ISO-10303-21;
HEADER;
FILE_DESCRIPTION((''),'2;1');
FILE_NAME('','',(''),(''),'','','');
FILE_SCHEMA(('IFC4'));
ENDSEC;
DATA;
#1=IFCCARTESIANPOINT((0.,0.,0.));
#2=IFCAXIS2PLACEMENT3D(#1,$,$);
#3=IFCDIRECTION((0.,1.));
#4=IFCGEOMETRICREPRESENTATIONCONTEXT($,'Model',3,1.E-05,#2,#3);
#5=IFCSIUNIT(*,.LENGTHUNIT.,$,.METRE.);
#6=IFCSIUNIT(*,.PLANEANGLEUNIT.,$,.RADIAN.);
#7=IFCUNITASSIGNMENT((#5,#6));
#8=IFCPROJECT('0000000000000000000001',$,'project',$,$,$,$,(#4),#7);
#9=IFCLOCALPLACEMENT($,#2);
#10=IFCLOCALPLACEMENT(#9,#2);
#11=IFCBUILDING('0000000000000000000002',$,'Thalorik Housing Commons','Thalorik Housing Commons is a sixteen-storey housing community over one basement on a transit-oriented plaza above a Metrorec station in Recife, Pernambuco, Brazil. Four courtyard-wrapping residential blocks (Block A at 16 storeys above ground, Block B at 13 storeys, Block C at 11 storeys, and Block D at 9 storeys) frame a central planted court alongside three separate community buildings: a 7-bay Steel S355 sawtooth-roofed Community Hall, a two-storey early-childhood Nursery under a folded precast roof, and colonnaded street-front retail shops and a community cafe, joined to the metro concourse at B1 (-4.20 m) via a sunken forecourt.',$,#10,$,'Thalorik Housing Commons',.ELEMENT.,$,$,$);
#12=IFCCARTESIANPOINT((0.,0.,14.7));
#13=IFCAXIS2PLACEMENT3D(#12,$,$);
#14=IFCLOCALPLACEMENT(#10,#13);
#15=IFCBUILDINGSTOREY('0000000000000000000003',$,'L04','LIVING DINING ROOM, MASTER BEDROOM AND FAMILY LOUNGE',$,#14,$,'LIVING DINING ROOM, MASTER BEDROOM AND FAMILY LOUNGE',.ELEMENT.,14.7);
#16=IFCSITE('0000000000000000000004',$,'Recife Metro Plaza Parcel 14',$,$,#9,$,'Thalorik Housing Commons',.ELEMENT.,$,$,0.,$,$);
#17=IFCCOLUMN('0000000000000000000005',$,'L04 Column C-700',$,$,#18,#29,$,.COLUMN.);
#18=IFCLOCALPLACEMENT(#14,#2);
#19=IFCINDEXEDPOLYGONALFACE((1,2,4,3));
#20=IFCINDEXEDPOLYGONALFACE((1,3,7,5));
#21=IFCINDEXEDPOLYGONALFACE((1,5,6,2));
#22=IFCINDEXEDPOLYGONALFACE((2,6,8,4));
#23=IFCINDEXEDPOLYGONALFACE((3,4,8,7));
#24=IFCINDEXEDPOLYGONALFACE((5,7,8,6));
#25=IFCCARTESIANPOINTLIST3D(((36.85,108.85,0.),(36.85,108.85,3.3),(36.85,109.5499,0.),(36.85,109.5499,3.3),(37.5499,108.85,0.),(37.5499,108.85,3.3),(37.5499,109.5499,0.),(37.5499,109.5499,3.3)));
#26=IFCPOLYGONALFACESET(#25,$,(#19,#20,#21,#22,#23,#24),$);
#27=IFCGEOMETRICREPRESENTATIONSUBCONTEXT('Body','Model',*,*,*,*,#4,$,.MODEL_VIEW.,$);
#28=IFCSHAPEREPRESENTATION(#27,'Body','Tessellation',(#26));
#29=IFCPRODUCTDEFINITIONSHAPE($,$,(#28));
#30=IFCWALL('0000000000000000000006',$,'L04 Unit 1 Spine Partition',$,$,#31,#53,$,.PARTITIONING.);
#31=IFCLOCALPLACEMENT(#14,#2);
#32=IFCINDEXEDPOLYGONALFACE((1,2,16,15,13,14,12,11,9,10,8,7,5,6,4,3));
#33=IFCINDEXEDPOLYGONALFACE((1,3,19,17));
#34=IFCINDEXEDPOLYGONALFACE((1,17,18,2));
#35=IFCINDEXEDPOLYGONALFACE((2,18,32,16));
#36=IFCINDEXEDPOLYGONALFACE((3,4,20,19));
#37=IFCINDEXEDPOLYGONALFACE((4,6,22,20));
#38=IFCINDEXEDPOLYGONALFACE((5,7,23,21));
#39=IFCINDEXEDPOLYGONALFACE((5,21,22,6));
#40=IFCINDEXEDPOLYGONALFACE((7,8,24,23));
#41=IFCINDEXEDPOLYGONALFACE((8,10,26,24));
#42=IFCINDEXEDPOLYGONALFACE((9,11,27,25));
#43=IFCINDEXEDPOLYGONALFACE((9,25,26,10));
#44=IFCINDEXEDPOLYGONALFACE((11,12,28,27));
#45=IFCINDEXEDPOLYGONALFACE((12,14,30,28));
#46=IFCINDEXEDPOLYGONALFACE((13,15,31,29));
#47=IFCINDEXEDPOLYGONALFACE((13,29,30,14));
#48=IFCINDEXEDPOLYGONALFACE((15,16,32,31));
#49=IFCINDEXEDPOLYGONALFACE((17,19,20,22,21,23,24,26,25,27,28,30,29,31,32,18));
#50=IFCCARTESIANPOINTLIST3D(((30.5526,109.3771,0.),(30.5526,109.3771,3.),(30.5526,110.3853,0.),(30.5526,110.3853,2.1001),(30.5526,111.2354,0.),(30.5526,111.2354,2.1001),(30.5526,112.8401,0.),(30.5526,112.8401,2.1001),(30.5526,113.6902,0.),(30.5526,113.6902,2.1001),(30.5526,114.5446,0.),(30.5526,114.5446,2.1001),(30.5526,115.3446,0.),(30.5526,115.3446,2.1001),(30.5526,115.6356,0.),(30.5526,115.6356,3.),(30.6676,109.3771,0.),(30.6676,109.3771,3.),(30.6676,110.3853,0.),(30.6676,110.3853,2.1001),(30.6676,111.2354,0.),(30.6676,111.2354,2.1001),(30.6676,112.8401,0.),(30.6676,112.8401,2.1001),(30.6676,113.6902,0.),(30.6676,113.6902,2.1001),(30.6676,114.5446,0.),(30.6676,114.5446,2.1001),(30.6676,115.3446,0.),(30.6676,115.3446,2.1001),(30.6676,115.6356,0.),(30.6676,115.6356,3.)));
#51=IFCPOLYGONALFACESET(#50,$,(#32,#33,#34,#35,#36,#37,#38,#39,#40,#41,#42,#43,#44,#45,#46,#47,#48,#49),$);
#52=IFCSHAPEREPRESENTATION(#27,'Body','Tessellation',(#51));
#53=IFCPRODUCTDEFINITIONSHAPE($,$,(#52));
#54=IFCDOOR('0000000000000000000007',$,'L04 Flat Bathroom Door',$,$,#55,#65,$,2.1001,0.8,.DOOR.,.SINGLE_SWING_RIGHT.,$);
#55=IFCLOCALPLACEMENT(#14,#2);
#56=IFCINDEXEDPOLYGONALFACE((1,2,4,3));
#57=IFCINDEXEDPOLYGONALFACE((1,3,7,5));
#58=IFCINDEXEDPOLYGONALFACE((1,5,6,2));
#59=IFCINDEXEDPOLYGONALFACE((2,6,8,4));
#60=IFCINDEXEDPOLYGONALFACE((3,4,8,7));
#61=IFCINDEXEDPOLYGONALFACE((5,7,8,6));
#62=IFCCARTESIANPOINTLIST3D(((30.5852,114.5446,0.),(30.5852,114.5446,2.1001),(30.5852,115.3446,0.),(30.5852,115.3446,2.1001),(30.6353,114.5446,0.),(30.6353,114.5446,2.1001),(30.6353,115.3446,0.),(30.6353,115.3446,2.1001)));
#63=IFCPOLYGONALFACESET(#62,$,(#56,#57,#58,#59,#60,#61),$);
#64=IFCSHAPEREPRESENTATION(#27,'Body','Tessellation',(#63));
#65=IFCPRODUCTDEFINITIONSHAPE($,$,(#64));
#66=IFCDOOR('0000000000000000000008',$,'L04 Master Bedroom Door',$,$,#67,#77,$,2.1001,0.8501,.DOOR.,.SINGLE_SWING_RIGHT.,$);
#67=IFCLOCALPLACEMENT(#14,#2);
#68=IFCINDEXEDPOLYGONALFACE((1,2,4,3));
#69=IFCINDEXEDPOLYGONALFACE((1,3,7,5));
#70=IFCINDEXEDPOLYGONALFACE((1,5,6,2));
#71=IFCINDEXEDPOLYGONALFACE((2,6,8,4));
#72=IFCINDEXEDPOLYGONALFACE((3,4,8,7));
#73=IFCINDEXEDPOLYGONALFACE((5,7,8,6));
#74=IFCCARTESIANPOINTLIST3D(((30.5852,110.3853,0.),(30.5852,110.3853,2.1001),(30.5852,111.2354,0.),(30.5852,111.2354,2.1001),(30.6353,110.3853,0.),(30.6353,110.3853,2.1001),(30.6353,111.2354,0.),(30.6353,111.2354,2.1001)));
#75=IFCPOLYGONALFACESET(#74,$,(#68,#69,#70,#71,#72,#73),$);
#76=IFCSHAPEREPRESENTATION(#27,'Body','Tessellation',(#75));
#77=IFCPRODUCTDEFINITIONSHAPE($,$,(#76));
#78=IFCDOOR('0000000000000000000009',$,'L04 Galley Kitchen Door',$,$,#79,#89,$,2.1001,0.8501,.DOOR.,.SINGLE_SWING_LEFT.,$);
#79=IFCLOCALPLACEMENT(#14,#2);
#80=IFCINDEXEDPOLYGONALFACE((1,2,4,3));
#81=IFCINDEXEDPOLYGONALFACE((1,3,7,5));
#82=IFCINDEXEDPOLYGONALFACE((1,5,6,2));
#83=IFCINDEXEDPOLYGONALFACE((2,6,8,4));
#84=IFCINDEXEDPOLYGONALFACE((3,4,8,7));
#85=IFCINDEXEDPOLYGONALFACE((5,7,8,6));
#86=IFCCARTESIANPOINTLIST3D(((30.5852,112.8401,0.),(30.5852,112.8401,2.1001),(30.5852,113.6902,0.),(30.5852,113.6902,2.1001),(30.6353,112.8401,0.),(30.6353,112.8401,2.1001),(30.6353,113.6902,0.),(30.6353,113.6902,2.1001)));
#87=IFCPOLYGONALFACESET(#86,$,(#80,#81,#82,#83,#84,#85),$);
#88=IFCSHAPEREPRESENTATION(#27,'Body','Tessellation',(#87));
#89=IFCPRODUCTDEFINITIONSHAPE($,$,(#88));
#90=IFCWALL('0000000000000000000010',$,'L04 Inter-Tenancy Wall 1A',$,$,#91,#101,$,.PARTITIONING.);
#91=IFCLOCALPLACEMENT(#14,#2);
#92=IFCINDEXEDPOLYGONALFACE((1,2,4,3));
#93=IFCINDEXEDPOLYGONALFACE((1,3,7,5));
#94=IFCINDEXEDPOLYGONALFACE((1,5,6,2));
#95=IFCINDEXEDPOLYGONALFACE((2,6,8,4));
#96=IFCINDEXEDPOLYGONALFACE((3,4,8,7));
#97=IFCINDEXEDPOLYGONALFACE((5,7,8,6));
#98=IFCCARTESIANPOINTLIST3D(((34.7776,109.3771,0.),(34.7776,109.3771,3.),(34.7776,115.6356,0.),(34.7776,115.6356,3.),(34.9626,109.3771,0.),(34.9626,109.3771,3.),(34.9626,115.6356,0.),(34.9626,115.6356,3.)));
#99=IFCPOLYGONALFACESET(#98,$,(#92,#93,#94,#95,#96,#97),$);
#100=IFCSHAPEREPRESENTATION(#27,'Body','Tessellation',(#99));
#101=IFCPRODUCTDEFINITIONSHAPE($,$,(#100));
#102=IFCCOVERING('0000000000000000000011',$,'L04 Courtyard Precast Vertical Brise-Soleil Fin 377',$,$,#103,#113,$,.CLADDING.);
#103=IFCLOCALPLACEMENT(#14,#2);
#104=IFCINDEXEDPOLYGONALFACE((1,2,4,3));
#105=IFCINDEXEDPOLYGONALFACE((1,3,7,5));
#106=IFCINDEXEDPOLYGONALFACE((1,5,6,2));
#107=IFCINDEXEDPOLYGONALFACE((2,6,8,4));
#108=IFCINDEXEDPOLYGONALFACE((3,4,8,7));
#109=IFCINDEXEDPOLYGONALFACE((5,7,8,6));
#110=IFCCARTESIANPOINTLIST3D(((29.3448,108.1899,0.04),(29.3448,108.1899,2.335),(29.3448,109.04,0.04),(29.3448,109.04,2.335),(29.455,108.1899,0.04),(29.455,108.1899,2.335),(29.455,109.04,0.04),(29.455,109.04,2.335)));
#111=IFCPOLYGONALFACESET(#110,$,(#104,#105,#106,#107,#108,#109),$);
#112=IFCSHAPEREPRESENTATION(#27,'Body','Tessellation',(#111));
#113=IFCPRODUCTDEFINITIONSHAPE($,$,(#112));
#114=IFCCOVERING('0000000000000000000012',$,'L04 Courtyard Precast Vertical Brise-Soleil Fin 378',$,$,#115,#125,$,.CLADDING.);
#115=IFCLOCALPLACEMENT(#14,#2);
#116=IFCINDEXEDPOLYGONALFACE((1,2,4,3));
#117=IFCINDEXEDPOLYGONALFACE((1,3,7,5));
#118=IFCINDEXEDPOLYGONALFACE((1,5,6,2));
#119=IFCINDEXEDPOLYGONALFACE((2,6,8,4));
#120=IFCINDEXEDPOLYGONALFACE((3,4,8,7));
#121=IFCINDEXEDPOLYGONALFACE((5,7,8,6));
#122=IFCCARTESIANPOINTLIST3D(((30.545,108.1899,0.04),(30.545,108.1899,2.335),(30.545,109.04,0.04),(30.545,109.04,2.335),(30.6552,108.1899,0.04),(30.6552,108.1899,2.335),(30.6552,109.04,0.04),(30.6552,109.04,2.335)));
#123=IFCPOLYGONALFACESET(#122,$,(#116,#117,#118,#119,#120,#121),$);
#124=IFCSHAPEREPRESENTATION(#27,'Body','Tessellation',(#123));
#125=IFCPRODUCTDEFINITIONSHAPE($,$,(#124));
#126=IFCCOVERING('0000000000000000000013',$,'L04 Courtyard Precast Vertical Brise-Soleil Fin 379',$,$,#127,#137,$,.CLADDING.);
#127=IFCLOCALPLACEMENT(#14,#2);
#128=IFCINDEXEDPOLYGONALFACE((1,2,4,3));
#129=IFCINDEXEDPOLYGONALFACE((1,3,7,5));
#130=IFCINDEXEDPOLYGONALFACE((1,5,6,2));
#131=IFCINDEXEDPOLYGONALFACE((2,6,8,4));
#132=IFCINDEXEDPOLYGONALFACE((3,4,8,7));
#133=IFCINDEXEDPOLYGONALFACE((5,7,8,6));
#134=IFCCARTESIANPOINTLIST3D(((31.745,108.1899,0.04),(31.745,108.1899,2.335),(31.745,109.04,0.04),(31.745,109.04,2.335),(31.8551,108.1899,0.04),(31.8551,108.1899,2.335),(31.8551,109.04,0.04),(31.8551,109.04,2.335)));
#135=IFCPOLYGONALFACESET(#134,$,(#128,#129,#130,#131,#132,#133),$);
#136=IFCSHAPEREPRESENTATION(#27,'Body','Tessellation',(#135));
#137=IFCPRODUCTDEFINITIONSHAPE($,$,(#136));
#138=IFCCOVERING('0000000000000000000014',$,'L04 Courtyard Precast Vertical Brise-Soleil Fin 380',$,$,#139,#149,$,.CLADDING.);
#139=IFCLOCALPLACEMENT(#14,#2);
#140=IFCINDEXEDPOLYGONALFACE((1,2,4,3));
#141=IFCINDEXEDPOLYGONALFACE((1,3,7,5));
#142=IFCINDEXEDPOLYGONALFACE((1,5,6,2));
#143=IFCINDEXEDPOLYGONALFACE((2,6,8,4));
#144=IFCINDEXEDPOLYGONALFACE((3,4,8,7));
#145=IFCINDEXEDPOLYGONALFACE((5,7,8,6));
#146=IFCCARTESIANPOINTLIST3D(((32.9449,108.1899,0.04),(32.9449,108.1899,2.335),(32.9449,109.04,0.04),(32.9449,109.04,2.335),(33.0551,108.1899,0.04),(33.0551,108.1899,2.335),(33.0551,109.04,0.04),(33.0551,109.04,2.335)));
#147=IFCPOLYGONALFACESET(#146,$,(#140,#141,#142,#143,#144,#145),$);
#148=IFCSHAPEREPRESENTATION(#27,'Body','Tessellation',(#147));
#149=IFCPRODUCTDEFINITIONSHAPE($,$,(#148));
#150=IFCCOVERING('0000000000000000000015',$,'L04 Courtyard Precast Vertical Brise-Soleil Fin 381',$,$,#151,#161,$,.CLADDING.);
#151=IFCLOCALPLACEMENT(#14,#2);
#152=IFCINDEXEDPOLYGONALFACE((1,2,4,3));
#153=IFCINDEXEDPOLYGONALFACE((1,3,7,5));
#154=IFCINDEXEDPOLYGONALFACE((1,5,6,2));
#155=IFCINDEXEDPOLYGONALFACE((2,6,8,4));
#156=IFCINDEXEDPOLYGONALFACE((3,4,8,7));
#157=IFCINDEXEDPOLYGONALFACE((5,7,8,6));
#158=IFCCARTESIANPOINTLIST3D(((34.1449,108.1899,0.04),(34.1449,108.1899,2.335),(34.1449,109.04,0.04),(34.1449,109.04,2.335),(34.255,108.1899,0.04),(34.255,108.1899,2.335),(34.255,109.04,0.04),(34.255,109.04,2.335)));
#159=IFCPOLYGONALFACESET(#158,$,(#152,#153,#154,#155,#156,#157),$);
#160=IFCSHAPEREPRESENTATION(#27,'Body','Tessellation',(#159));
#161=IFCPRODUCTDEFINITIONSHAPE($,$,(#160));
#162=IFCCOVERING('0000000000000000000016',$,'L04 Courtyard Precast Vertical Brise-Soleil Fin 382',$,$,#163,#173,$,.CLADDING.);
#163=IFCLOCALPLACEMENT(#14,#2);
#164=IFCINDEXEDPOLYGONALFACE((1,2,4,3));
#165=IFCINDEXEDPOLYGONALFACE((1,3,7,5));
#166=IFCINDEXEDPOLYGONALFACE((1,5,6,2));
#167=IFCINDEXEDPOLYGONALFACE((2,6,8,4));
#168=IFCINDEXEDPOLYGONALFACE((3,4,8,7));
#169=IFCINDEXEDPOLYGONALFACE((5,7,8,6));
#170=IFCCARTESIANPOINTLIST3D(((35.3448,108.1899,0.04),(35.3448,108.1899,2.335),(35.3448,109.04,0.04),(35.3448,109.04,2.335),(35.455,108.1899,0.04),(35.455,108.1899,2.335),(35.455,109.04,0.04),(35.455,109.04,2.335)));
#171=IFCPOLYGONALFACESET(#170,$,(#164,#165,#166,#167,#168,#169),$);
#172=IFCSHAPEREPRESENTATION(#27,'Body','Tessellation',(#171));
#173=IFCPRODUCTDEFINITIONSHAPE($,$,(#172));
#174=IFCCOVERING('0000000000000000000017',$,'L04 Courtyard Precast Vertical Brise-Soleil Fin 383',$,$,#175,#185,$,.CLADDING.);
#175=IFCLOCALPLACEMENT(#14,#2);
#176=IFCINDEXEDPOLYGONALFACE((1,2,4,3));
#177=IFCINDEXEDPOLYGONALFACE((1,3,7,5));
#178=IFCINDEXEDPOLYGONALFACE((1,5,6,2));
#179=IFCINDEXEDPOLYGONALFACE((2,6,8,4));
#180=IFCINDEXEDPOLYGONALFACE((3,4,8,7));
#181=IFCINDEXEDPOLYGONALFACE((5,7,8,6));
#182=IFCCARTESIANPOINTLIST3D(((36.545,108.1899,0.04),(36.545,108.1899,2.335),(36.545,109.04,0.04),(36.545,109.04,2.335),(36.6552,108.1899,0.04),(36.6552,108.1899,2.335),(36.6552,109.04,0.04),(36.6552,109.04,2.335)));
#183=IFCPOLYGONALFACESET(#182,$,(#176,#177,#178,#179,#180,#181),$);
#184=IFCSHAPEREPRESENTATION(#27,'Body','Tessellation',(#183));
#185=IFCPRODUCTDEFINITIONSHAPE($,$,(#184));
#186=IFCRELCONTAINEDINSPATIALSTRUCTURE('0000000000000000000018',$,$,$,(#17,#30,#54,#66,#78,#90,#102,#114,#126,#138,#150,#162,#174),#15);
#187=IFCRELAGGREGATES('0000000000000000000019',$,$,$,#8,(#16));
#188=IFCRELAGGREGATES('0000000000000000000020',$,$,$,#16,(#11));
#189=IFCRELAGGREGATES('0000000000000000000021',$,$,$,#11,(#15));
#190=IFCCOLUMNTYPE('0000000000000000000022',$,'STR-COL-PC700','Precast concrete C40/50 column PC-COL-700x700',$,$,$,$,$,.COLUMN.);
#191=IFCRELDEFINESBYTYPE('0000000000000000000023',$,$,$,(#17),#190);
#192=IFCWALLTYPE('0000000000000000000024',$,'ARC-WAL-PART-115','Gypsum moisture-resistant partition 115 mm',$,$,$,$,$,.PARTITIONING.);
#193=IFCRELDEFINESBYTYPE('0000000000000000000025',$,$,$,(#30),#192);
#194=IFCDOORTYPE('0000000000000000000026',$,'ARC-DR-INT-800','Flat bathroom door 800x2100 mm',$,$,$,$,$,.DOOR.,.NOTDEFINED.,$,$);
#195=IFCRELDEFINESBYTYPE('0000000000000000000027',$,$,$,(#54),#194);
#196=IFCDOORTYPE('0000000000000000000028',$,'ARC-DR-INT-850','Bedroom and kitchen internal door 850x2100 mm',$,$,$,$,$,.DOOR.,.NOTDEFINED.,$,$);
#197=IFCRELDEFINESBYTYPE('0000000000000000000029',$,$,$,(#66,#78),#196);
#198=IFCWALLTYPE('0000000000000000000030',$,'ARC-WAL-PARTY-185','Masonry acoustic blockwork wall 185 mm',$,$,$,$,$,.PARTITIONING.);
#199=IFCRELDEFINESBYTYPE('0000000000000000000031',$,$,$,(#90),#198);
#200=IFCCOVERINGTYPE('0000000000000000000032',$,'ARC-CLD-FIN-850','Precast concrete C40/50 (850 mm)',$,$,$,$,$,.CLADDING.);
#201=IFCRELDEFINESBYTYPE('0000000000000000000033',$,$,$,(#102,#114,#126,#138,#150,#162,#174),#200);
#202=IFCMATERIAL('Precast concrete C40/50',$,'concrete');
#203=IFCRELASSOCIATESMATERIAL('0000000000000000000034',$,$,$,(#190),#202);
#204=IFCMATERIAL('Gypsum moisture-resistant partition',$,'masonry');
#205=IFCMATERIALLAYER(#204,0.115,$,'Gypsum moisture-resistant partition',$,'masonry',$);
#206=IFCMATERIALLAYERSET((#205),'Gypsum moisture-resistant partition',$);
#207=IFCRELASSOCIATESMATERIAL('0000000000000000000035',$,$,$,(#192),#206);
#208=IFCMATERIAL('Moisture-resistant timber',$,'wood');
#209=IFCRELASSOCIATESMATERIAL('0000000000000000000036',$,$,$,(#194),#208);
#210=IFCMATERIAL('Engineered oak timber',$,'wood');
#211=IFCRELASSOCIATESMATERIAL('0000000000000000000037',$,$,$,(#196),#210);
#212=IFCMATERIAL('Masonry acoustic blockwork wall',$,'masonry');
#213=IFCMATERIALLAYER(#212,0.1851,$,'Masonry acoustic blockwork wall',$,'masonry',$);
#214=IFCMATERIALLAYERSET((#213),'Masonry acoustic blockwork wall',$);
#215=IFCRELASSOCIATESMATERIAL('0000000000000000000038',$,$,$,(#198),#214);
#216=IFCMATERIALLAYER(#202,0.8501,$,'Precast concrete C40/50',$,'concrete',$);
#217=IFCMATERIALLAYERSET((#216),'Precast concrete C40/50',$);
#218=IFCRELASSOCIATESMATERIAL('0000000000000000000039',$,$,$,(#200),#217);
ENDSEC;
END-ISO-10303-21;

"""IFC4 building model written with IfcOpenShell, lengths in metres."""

from ifc_helpers import new_model, si_unit, direction, frame, frame_2d, origin, origin_2d, place, context, subcontext, project, spatial, rectangle, extrude, material, layer, layer_set, material_profile, profile_set, type_object, element, fill, save


model = new_model("IFC4")

# Units and contexts
model_context = context("Model", 3, precision=1e-05, world=origin(), true_north=direction((0.0, 1.0)))
body_context = subcontext(model_context, "Body", "Model", "MODEL_VIEW")
ifc_project = project(units=[si_unit("LENGTHUNIT", "METRE"), si_unit("PLANEANGLEUNIT", "RADIAN")], contexts=[model_context])

# Site, building, storey
site_placement = place(None, origin())
site = spatial("IfcSite", under=ifc_project, at=site_placement, Name="Recife Metro Plaza Parcel 14", LongName="Thalorik Housing Commons", CompositionType="ELEMENT", RefElevation=0.0)
building_placement = place(site_placement, origin())
building = spatial("IfcBuilding", under=site, at=building_placement, Name="Thalorik Housing Commons", Description="Thalorik Housing Commons is a sixteen-storey housing community over one basement on a transit-oriented plaza above a Metrorec station in Recife, Pernambuco, Brazil. Four courtyard-wrapping residential blocks (Block A at 16 storeys above ground, Block B at 13 storeys, Block C at 11 storeys, and Block D at 9 storeys) frame a central planted court alongside three separate community buildings: a 7-bay Steel S355 sawtooth-roofed Community Hall, a two-storey early-childhood Nursery under a folded precast roof, and colonnaded street-front retail shops and a community cafe, joined to the metro concourse at B1 (-4.20 m) via a sunken forecourt.", LongName="Thalorik Housing Commons", CompositionType="ELEMENT")
storey_placement = place(building_placement, frame((0.0, 0.0, 14.7)))
storey = spatial("IfcBuildingStorey", under=building, at=storey_placement, Name="L04", Description="LIVING DINING ROOM, MASTER BEDROOM AND FAMILY LOUNGE", LongName="LIVING DINING ROOM, MASTER BEDROOM AND FAMILY LOUNGE", CompositionType="ELEMENT", Elevation=14.7)

# Column
ifc_material_1 = material(Name="Precast concrete C40/50", Category="concrete")
ifc_material_profile = material_profile(ifc_material_1, rectangle(XDim=0.7, YDim=0.7, at=origin_2d()), Name="PC 700x700", Category="concrete")
ifc_profile_set = profile_set([ifc_material_profile], Name="Precast concrete C40/50")
column_type = type_object("IfcColumnType", Name="STR-COL-PC700", Description="Precast concrete C40/50 column PC-COL-700x700", PredefinedType="COLUMN", material=ifc_profile_set)
column_placement = place(storey_placement, frame((37.2, 109.2, 0.0), z_axis=(0.0, 0.0, 1.0), x_axis=(1.0, 0.0, 0.0)))
element("IfcColumn", 1, at=column_placement, inside=storey, type_object=column_type, Name="L04 Column C-700", PredefinedType="COLUMN", context=body_context, shape_type="SweptSolid", body=[
    extrude(rectangle(XDim=0.7, YDim=0.7, at=origin_2d()), origin(), (0.0, 0.0, 1.0), 3.3),
])

# Wall, openings, doors
ifc_material_2 = material(Name="Gypsum moisture-resistant partition", Category="masonry")
ifc_layer_1 = layer(ifc_material_2, 0.115, Name="Gypsum moisture-resistant partition", Category="masonry")
ifc_layer_set_1 = layer_set([ifc_layer_1], Name="Gypsum moisture-resistant partition")
wall_type_1 = type_object("IfcWallType", Name="ARC-WAL-PART-115", Description="Gypsum moisture-resistant partition 115 mm", PredefinedType="PARTITIONING", material=ifc_layer_set_1)
wall_1_placement = place(storey_placement, frame((30.6101, 109.377, 0.0), z_axis=(0.0, 0.0, 1.0), x_axis=(0.0, 1.0, 0.0)))
wall_1 = element("IfcWall", 2, at=wall_1_placement, inside=storey, type_object=wall_type_1, Name="L04 Unit 1 Spine Partition", PredefinedType="PARTITIONING", context=body_context, shape_type="SweptSolid", body=[
    extrude(rectangle(XDim=6.2585, YDim=0.115, at=frame_2d((3.1294, 0.0))), origin(), (0.0, 0.0, 1.0), 3.0),
])
opening_1_placement = place(wall_1_placement, frame((1.0083, 0.0, 0.0)))
opening_1 = element("IfcOpeningElement", 3, at=opening_1_placement, cuts=wall_1, PredefinedType="OPENING", context=body_context, shape_type="SweptSolid", body=[
    extrude(rectangle(XDim=0.8501, YDim=2.1001, at=frame_2d((0.425, 1.05))), frame((0.0, 0.0674, 0.0), z_axis=(0.0, -1.0, 0.0), x_axis=(1.0, 0.0, 0.0)), (0.0, 0.0, 1.0), 0.135),
])
opening_2_placement = place(wall_1_placement, frame((3.4631, 0.0, 0.0)))
opening_2 = element("IfcOpeningElement", 4, at=opening_2_placement, cuts=wall_1, PredefinedType="OPENING", context=body_context, shape_type="SweptSolid", body=[
    extrude(rectangle(XDim=0.8501, YDim=2.1001, at=frame_2d((0.425, 1.05))), frame((0.0, 0.0674, 0.0), z_axis=(0.0, -1.0, 0.0), x_axis=(1.0, 0.0, 0.0)), (0.0, 0.0, 1.0), 0.135),
])
opening_3_placement = place(wall_1_placement, frame((5.1677, 0.0, 0.0)))
opening_3 = element("IfcOpeningElement", 5, at=opening_3_placement, cuts=wall_1, PredefinedType="OPENING", context=body_context, shape_type="SweptSolid", body=[
    extrude(rectangle(XDim=0.8, YDim=2.1001, at=frame_2d((0.3999, 1.05))), frame((0.0, 0.0674, 0.0), z_axis=(0.0, -1.0, 0.0), x_axis=(1.0, 0.0, 0.0)), (0.0, 0.0, 1.0), 0.135),
])
ifc_material_3 = material(Name="Moisture-resistant timber", Category="wood")
door_type_1 = type_object("IfcDoorType", Name="ARC-DR-INT-800", Description="Flat bathroom door 800x2100 mm", OperationType="NOTDEFINED", PredefinedType="DOOR", material=ifc_material_3)
door_1_placement = place(opening_3_placement, origin())
door_1 = element("IfcDoor", 6, at=door_1_placement, inside=storey, type_object=door_type_1, Name="L04 Flat Bathroom Door", OperationType="SINGLE_SWING_RIGHT", OverallHeight=2.1001, OverallWidth=0.8, PredefinedType="DOOR", context=body_context, shape_type="SweptSolid", body=[
    extrude(rectangle(XDim=0.8, YDim=2.1001, at=frame_2d((0.3999, 1.05))), frame((0.0, 0.0249, 0.0), z_axis=(0.0, -1.0, 0.0), x_axis=(1.0, 0.0, 0.0)), (0.0, 0.0, 1.0), 0.05),
])
fill(opening_3, door_1)
ifc_material_4 = material(Name="Engineered oak timber", Category="wood")
door_type_2 = type_object("IfcDoorType", Name="ARC-DR-INT-850", Description="Bedroom and kitchen internal door 850x2100 mm", OperationType="NOTDEFINED", PredefinedType="DOOR", material=ifc_material_4)
door_2_placement = place(opening_1_placement, origin())
door_2 = element("IfcDoor", 7, at=door_2_placement, inside=storey, type_object=door_type_2, Name="L04 Master Bedroom Door", OperationType="SINGLE_SWING_RIGHT", OverallHeight=2.1001, OverallWidth=0.8501, PredefinedType="DOOR", context=body_context, shape_type="SweptSolid", body=[
    extrude(rectangle(XDim=0.8501, YDim=2.1001, at=frame_2d((0.425, 1.05))), frame((0.0, 0.0249, 0.0), z_axis=(0.0, -1.0, 0.0), x_axis=(1.0, 0.0, 0.0)), (0.0, 0.0, 1.0), 0.05),
])
fill(opening_1, door_2)
door_3_placement = place(opening_2_placement, origin())
door_3 = element("IfcDoor", 8, at=door_3_placement, inside=storey, type_object=door_type_2, Name="L04 Galley Kitchen Door", OperationType="SINGLE_SWING_LEFT", OverallHeight=2.1001, OverallWidth=0.8501, PredefinedType="DOOR", context=body_context, shape_type="SweptSolid", body=[
    extrude(rectangle(XDim=0.8501, YDim=2.1001, at=frame_2d((0.425, 1.05))), frame((0.0, 0.0249, 0.0), z_axis=(0.0, -1.0, 0.0), x_axis=(1.0, 0.0, 0.0)), (0.0, 0.0, 1.0), 0.05),
])
fill(opening_2, door_3)

# Wall
ifc_material_5 = material(Name="Masonry acoustic blockwork wall", Category="masonry")
ifc_layer_2 = layer(ifc_material_5, 0.1851, Name="Masonry acoustic blockwork wall", Category="masonry")
ifc_layer_set_2 = layer_set([ifc_layer_2], Name="Masonry acoustic blockwork wall")
wall_type_2 = type_object("IfcWallType", Name="ARC-WAL-PARTY-185", Description="Masonry acoustic blockwork wall 185 mm", PredefinedType="PARTITIONING", material=ifc_layer_set_2)
wall_2_placement = place(storey_placement, frame((34.8701, 109.377, 0.0), z_axis=(0.0, 0.0, 1.0), x_axis=(0.0, 1.0, 0.0)))
element("IfcWall", 9, at=wall_2_placement, inside=storey, type_object=wall_type_2, Name="L04 Inter-Tenancy Wall 1A", PredefinedType="PARTITIONING", context=body_context, shape_type="SweptSolid", body=[
    extrude(rectangle(XDim=6.2585, YDim=0.1851, at=frame_2d((3.1294, 0.0))), origin(), (0.0, 0.0, 1.0), 3.0),
])

# Coverings
ifc_layer_3 = layer(ifc_material_1, 0.8501, Name="Precast concrete C40/50", Category="concrete")
ifc_layer_set_3 = layer_set([ifc_layer_3], Name="Precast concrete C40/50")
covering_type_1 = type_object("IfcCoveringType", Name="ARC-CLD-FIN-850", Description="Precast concrete C40/50 (850 mm)", PredefinedType="CLADDING", material=ifc_layer_set_3)
for number, where, z_axis, x_axis, name in (
    (10, (29.3999, 108.615, 0.04), (0.0, 0.0, 1.0), (1.0, 0.0, 0.0), "L04 Courtyard Precast Vertical Brise-Soleil Fin 377"),
    (11, (30.6001, 108.615, 0.04), (0.0, 0.0, 1.0), (1.0, 0.0, 0.0), "L04 Courtyard Precast Vertical Brise-Soleil Fin 378"),
    (12, (31.8, 108.615, 0.04), (0.0, 0.0, 1.0), (1.0, 0.0, 0.0), "L04 Courtyard Precast Vertical Brise-Soleil Fin 379"),
    (13, (33.0, 108.615, 0.04), (0.0, 0.0, 1.0), (1.0, 0.0, 0.0), "L04 Courtyard Precast Vertical Brise-Soleil Fin 380"),
    (14, (34.2, 108.615, 0.04), (0.0, 0.0, 1.0), (1.0, 0.0, 0.0), "L04 Courtyard Precast Vertical Brise-Soleil Fin 381"),
    (15, (35.3999, 108.615, 0.04), (0.0, 0.0, 1.0), (1.0, 0.0, 0.0), "L04 Courtyard Precast Vertical Brise-Soleil Fin 382"),
    (16, (36.6001, 108.615, 0.04), (0.0, 0.0, 1.0), (1.0, 0.0, 0.0), "L04 Courtyard Precast Vertical Brise-Soleil Fin 383"),
):
    element("IfcCovering", number, at=place(storey_placement, frame(where, z_axis=z_axis, x_axis=x_axis)), inside=storey, type_object=covering_type_1, Name=name, PredefinedType="CLADDING", context=body_context, shape_type="SweptSolid", body=[
        extrude(rectangle(XDim=0.1101, YDim=0.8501, at=origin_2d()), origin(), (0.0, 0.0, 1.0), 2.2949),
    ])

save(model, "model.ifc")
